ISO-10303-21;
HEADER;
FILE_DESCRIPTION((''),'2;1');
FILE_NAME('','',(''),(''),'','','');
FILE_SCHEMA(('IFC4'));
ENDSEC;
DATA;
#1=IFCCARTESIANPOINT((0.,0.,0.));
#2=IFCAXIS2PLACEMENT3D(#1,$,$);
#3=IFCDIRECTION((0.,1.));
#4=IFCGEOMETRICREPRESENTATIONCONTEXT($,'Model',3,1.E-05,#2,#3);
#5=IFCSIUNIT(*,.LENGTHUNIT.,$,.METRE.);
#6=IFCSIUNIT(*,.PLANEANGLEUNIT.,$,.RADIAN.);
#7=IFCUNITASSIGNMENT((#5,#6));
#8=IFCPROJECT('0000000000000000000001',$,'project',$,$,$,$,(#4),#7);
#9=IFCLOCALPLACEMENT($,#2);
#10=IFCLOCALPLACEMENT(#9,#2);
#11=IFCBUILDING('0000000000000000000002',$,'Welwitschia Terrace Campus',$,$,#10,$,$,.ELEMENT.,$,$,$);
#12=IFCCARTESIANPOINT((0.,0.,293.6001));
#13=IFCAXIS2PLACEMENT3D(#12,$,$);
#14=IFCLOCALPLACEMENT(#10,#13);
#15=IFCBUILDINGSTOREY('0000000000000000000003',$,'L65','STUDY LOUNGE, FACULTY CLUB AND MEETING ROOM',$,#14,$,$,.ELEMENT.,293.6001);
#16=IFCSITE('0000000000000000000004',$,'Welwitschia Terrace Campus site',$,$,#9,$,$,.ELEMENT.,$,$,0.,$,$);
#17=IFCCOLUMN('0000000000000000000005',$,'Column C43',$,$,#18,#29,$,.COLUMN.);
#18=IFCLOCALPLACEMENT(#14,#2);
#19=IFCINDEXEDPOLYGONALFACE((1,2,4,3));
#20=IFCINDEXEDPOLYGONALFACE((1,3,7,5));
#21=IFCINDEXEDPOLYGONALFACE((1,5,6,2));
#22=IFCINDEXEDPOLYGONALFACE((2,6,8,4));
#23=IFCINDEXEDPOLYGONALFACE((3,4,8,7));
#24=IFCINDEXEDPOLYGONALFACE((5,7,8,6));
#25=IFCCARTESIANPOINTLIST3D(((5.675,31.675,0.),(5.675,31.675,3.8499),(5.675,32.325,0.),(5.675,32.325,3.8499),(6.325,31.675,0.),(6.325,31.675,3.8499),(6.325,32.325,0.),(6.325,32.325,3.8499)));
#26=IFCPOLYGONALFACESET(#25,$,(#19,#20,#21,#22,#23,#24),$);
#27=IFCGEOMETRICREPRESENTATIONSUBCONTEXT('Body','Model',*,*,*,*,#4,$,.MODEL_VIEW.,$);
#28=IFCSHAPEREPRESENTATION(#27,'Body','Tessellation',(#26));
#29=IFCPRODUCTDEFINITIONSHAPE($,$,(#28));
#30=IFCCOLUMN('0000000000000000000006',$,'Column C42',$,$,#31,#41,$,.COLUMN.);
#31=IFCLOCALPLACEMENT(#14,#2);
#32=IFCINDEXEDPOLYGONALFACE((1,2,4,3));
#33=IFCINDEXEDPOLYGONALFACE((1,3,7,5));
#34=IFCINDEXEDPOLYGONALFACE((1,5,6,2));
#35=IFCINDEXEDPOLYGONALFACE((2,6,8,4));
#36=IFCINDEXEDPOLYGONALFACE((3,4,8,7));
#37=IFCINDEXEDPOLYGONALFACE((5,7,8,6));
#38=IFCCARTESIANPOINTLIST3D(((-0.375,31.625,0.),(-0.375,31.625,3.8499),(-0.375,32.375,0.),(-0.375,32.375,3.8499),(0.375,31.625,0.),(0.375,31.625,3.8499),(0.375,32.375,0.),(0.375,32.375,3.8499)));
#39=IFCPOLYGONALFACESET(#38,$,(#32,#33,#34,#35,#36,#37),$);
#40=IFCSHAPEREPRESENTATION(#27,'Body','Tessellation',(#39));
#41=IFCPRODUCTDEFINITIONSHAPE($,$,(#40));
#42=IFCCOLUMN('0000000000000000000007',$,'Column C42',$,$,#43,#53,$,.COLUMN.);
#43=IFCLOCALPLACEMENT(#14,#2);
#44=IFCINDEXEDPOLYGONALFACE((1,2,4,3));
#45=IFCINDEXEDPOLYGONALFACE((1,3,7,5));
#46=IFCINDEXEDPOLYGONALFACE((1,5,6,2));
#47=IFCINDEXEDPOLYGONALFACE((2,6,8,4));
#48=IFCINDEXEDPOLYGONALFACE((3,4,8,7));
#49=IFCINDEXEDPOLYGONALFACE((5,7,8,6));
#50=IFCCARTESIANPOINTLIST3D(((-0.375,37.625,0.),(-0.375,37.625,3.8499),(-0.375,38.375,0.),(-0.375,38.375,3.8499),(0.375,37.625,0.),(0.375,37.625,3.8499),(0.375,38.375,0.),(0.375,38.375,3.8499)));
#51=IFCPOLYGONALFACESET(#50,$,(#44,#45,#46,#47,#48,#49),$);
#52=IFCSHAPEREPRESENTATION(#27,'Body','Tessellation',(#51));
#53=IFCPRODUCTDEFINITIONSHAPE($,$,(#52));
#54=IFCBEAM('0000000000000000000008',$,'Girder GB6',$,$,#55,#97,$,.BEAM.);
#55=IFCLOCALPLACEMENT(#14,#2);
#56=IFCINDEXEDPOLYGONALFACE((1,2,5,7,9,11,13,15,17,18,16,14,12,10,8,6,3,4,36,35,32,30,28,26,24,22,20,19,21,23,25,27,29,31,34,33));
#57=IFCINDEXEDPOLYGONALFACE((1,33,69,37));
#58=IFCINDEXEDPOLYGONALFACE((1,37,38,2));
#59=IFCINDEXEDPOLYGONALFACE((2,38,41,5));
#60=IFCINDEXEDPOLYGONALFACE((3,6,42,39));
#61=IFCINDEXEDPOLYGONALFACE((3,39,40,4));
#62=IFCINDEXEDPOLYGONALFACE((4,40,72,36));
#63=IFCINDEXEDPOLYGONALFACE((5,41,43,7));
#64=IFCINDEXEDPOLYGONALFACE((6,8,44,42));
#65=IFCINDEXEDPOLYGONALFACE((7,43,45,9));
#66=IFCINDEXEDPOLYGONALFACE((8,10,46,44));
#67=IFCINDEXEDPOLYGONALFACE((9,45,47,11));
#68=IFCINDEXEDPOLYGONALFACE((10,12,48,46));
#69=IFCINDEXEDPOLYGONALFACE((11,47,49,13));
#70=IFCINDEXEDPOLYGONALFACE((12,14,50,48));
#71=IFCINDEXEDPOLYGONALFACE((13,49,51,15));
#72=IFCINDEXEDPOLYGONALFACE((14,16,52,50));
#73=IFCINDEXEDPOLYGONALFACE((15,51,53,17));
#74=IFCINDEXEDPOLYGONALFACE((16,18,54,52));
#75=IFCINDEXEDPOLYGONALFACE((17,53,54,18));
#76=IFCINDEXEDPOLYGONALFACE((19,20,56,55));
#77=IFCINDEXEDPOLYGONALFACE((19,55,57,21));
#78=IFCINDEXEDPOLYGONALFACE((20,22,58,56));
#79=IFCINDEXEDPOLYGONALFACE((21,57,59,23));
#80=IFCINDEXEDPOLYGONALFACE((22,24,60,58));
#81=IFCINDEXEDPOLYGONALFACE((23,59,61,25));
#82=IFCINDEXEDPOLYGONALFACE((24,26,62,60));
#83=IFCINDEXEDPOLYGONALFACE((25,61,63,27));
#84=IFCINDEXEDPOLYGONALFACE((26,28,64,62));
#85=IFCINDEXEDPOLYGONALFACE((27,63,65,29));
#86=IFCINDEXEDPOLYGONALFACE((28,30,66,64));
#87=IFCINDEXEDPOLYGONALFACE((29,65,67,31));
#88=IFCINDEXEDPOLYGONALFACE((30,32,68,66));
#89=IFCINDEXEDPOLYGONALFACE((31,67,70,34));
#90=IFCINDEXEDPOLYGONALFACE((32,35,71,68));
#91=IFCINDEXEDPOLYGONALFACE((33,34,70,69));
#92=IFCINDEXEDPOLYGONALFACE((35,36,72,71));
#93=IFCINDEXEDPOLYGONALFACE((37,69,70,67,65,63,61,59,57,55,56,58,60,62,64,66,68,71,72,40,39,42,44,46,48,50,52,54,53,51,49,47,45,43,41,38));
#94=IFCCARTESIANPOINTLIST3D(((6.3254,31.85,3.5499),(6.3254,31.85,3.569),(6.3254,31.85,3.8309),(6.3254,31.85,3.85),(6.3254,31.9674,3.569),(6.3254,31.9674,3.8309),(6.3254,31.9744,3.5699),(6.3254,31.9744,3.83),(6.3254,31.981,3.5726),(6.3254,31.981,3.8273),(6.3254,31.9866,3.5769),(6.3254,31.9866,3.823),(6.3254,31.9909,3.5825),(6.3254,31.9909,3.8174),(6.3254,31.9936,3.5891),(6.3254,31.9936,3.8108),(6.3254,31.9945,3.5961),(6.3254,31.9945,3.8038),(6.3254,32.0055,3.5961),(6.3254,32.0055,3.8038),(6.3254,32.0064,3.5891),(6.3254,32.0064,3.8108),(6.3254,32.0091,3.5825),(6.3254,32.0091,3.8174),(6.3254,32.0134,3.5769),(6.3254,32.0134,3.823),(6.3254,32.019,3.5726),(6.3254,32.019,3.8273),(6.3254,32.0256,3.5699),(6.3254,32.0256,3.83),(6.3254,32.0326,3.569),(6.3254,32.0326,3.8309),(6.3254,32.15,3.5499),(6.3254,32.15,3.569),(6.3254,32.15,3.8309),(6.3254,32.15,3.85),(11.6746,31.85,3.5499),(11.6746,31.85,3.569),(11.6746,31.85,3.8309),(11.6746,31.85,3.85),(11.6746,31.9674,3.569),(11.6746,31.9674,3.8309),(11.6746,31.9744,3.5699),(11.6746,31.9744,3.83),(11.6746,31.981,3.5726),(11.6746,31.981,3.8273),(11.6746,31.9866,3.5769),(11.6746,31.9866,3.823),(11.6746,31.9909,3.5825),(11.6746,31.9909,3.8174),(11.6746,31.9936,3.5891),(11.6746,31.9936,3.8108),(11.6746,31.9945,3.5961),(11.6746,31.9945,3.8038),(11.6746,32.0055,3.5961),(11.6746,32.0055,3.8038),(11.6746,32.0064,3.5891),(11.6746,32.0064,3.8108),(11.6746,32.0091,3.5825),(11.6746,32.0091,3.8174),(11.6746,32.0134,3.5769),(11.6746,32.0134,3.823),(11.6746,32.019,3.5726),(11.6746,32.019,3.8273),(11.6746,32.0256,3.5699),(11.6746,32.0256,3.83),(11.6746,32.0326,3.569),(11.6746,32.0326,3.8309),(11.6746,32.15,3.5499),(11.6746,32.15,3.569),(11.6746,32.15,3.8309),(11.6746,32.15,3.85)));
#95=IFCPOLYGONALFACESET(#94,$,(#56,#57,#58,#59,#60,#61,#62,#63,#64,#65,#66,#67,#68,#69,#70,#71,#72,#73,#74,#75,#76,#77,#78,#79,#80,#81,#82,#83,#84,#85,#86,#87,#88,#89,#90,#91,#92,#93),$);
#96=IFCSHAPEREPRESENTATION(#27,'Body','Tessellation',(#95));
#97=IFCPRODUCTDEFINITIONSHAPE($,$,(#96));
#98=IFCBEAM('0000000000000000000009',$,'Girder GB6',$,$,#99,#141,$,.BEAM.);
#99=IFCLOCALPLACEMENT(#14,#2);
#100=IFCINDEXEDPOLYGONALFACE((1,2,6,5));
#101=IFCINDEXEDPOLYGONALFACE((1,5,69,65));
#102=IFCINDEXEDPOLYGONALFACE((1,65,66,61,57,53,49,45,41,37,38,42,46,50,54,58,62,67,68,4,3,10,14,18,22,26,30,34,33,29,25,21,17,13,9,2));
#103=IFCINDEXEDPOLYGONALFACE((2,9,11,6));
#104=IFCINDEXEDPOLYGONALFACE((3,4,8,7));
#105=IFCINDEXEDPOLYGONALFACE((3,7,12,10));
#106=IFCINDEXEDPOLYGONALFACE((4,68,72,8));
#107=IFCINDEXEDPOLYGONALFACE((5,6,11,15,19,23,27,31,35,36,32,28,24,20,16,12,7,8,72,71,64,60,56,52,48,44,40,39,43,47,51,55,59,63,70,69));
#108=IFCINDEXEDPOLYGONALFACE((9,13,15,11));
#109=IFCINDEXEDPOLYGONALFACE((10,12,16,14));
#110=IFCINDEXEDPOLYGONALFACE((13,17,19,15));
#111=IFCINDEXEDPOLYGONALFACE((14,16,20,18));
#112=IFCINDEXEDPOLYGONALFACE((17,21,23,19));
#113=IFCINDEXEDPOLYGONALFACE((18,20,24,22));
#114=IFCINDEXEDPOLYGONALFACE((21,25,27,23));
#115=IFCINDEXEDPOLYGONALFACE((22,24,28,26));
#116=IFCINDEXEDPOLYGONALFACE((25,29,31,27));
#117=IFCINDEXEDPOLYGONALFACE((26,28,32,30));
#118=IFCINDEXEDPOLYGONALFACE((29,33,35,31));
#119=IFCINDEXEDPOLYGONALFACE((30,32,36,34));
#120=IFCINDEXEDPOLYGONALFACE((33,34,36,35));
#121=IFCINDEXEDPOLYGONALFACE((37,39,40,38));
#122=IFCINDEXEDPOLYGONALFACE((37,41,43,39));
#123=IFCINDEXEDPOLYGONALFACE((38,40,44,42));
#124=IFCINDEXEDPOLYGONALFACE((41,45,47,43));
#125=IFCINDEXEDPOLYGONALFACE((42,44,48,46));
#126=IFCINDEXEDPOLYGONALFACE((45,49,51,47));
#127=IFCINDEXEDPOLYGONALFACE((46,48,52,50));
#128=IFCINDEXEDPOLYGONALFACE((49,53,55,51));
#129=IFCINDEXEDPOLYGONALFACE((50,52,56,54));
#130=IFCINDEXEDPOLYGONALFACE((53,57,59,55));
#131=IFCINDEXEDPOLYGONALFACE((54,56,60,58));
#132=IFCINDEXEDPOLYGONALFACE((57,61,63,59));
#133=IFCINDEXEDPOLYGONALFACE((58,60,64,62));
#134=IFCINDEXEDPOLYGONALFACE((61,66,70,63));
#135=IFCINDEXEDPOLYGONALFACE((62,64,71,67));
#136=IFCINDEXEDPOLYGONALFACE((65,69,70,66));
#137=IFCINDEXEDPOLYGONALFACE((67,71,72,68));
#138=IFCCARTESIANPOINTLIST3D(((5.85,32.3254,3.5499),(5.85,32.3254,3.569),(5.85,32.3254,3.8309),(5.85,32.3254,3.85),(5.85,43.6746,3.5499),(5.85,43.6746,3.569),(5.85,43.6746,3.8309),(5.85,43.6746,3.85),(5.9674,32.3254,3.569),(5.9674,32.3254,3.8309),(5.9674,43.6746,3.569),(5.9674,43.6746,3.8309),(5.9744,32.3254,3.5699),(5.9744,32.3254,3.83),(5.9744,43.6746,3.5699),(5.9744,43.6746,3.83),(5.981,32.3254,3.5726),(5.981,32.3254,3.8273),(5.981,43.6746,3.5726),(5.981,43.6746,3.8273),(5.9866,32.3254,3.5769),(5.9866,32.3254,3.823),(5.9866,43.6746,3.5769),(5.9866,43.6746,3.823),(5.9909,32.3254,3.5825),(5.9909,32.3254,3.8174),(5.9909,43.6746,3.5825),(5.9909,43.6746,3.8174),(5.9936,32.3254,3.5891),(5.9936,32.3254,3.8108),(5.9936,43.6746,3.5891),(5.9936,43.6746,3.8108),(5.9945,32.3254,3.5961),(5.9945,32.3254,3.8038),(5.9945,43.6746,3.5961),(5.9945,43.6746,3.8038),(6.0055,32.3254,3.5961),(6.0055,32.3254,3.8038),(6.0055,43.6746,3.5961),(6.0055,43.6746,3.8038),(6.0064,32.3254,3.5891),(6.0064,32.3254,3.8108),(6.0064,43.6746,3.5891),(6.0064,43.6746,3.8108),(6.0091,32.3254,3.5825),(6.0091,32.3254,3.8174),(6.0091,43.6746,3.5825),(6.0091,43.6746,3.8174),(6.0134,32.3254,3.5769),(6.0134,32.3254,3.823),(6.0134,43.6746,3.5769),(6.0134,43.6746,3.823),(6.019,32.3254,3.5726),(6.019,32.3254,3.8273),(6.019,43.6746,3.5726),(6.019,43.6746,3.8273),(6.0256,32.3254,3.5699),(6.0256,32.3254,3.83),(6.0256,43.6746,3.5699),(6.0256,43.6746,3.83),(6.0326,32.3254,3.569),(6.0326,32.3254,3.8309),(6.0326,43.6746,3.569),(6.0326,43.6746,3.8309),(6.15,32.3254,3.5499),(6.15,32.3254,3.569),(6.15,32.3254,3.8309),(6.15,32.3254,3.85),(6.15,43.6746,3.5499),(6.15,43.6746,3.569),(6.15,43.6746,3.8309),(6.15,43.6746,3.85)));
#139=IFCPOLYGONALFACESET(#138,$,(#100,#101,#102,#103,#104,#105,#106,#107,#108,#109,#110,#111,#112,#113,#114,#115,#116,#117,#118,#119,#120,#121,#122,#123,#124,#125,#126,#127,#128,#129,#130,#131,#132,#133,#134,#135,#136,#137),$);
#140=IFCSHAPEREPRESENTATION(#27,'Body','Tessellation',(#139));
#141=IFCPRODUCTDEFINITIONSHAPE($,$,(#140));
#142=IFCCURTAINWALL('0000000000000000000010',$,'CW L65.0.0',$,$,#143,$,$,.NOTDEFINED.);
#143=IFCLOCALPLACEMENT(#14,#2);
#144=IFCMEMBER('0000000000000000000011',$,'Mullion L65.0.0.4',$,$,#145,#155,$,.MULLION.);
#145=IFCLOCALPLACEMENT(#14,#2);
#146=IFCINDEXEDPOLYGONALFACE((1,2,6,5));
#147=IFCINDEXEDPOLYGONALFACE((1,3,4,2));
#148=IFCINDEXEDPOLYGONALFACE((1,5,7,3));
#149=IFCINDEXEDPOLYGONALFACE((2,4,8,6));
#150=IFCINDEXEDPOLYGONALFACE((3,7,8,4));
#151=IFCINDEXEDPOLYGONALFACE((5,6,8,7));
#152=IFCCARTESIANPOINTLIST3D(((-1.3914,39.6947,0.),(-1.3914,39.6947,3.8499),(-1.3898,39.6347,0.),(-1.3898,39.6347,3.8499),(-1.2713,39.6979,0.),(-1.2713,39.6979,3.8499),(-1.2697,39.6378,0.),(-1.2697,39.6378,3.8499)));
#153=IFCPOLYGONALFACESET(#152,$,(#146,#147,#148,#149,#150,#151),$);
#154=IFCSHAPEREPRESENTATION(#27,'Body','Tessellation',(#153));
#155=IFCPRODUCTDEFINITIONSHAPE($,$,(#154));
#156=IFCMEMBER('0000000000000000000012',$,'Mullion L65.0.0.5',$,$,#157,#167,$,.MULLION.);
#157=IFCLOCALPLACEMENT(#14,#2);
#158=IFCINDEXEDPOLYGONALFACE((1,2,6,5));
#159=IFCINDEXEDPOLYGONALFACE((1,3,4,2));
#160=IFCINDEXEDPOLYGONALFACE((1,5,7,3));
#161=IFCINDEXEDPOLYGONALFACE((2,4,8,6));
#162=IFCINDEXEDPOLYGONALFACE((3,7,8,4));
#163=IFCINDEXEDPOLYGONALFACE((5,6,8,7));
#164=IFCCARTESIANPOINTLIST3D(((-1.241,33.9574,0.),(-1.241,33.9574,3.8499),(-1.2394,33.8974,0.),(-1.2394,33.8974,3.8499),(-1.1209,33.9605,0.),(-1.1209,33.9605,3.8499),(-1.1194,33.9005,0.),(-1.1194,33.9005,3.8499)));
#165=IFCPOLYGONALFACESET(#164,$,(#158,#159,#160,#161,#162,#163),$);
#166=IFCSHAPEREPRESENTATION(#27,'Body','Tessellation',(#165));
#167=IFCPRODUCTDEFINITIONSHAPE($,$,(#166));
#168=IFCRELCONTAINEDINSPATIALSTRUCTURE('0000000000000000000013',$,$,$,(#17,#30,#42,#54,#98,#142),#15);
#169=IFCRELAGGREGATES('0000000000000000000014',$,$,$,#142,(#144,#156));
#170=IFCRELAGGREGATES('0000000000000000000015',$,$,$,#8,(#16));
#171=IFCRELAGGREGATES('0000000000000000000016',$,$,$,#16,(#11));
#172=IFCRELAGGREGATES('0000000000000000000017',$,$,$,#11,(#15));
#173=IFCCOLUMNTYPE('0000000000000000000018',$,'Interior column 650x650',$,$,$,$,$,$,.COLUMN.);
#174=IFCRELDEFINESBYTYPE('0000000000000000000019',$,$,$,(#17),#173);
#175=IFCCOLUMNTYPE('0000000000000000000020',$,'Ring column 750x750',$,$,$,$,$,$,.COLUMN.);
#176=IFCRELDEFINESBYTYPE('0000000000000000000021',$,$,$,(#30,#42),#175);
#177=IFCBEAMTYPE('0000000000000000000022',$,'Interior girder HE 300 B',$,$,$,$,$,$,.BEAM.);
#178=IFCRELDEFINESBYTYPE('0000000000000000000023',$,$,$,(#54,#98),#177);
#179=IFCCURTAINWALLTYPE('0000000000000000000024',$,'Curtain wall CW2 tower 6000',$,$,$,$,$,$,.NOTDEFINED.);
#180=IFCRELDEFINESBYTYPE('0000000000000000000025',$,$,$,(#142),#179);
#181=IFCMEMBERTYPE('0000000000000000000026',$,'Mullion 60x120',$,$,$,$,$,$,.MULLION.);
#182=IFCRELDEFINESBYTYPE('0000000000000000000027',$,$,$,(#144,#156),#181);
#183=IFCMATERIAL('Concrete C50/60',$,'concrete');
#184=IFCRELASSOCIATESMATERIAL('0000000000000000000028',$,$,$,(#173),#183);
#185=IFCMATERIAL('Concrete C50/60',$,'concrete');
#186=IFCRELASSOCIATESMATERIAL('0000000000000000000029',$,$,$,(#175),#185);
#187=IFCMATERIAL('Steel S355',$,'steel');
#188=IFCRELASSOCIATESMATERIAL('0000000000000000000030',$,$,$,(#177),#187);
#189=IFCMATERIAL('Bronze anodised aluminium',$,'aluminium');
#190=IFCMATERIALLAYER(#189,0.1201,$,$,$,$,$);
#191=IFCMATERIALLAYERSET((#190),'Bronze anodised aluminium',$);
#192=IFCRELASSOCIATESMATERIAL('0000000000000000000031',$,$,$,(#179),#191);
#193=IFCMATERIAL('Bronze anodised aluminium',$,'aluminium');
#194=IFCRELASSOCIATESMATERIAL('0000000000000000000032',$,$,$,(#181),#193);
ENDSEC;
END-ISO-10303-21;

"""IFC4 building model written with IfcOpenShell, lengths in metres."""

from ifc_helpers import new_model, si_unit, direction, frame, origin, origin_2d, place, context, subcontext, project, spatial, rectangle, i_section, extrude, material, layer, layer_set, material_profile, profile_set, type_object, element, aggregate, save


model = new_model("IFC4")

# Units and contexts
model_context = context("Model", 3, precision=1e-05, world=origin(), true_north=direction((0.0, 1.0)))
body_context = subcontext(model_context, "Body", "Model", "MODEL_VIEW")
ifc_project = project(units=[si_unit("LENGTHUNIT", "METRE"), si_unit("PLANEANGLEUNIT", "RADIAN")], contexts=[model_context])

# Site, building, storey
site_placement = place(None, origin())
site = spatial("IfcSite", under=ifc_project, at=site_placement, Name="Welwitschia Terrace Campus site", CompositionType="ELEMENT", RefElevation=0.0)
building_placement = place(site_placement, origin())
building = spatial("IfcBuilding", under=site, at=building_placement, Name="Welwitschia Terrace Campus", CompositionType="ELEMENT")
storey_placement = place(building_placement, frame((0.0, 0.0, 293.6001)))
storey = spatial("IfcBuildingStorey", under=building, at=storey_placement, Name="L65", Description="STUDY LOUNGE, FACULTY CLUB AND MEETING ROOM", CompositionType="ELEMENT", Elevation=293.6001)

# Columns
ifc_material_1 = material(Name="Concrete C50/60", Category="concrete")
ifc_material_profile_1 = material_profile(ifc_material_1, rectangle(XDim=0.6499, YDim=0.6499, at=origin_2d()))
ifc_profile_set_1 = profile_set([ifc_material_profile_1], Name="Concrete C50/60")
column_type_1 = type_object("IfcColumnType", Name="Interior column 650x650", PredefinedType="COLUMN", material=ifc_profile_set_1)
column_placement = place(storey_placement, frame((6.0, 32.0, 0.0), z_axis=(0.0, 0.0, 1.0), x_axis=(1.0, 0.0, 0.0)))
element("IfcColumn", 1, at=column_placement, inside=storey, type_object=column_type_1, Name="Column C43", PredefinedType="COLUMN", context=body_context, shape_type="SweptSolid", body=[
    extrude(rectangle(XDim=0.6499, YDim=0.6499, at=origin_2d()), origin(), (0.0, 0.0, 1.0), 3.8499),
])
ifc_material_2 = material(Name="Concrete C50/60", Category="concrete")
ifc_material_profile_2 = material_profile(ifc_material_2, rectangle(XDim=0.75, YDim=0.75, at=origin_2d()))
ifc_profile_set_2 = profile_set([ifc_material_profile_2], Name="Concrete C50/60")
column_type_2 = type_object("IfcColumnType", Name="Ring column 750x750", PredefinedType="COLUMN", material=ifc_profile_set_2)
for number, where, z_axis, x_axis, name in (
    (2, (0.0, 32.0, 0.0), (0.0, 0.0, 1.0), (1.0, 0.0, 0.0), "Column C42"),
    (3, (0.0, 38.0, 0.0), (0.0, 0.0, 1.0), (1.0, 0.0, 0.0), "Column C42"),
):
    element("IfcColumn", number, at=place(storey_placement, frame(where, z_axis=z_axis, x_axis=x_axis)), inside=storey, type_object=column_type_2, Name=name, PredefinedType="COLUMN", context=body_context, shape_type="SweptSolid", body=[
        extrude(rectangle(XDim=0.75, YDim=0.75, at=origin_2d()), origin(), (0.0, 0.0, 1.0), 3.8499),
    ])

# Beams
ifc_material_3 = material(Name="Steel S355", Category="steel")
ifc_material_profile_3 = material_profile(ifc_material_3, i_section(OverallWidth=0.3, OverallDepth=0.3, WebThickness=0.011, FlangeThickness=0.019, FilletRadius=0.0271, at=origin_2d()))
ifc_profile_set_3 = profile_set([ifc_material_profile_3], Name="Steel S355")
beam_type_1 = type_object("IfcBeamType", Name="Interior girder HE 300 B", PredefinedType="BEAM", material=ifc_profile_set_3)
beam_1_placement = place(storey_placement, frame((6.3254, 32.0, 3.7), z_axis=(1.0, 0.0, 0.0), x_axis=(0.0, 1.0, 0.0)))
element("IfcBeam", 4, at=beam_1_placement, inside=storey, type_object=beam_type_1, Name="Girder GB6", PredefinedType="BEAM", context=body_context, shape_type="SweptSolid", body=[
    extrude(i_section(OverallWidth=0.3, OverallDepth=0.3, WebThickness=0.011, FlangeThickness=0.019, FilletRadius=0.0271, at=origin_2d()), origin(), (0.0, 0.0, 1.0), 5.3491),
])
beam_2_placement = place(storey_placement, frame((6.0, 32.3254, 3.7), z_axis=(0.0, 1.0, 0.0), x_axis=(-1.0, 0.0, 0.0)))
element("IfcBeam", 5, at=beam_2_placement, inside=storey, type_object=beam_type_1, Name="Girder GB6", PredefinedType="BEAM", context=body_context, shape_type="SweptSolid", body=[
    extrude(i_section(OverallWidth=0.3, OverallDepth=0.3, WebThickness=0.011, FlangeThickness=0.019, FilletRadius=0.0271, at=origin_2d()), origin(), (0.0, 0.0, 1.0), 11.3491),
])

# Curtain wall, members
ifc_material_4 = material(Name="Bronze anodised aluminium", Category="aluminium")
ifc_layer_1 = layer(ifc_material_4, 0.1201)
ifc_layer_set_1 = layer_set([ifc_layer_1], Name="Bronze anodised aluminium")
curtain_wall_type = type_object("IfcCurtainWallType", Name="Curtain wall CW2 tower 6000", PredefinedType="NOTDEFINED", material=ifc_layer_set_1)
curtain_wall_placement = place(storey_placement, origin())
curtain_wall = element("IfcCurtainWall", 6, at=curtain_wall_placement, inside=storey, type_object=curtain_wall_type, Name="CW L65.0.0", PredefinedType="NOTDEFINED")
ifc_material_5 = material(Name="Bronze anodised aluminium", Category="aluminium")
ifc_material_profile_4 = material_profile(ifc_material_5, rectangle(XDim=0.1201, YDim=0.0601, at=origin_2d()))
ifc_profile_set_4 = profile_set([ifc_material_profile_4], Name="Bronze anodised aluminium")
member_type = type_object("IfcMemberType", Name="Mullion 60x120", PredefinedType="MULLION", material=ifc_profile_set_4)
member_1_placement = place(storey_placement, frame((-1.3306, 39.6663, 0.0), z_axis=(0.0, 0.0, 1.0), x_axis=(0.999657, 0.026177, 0.0)))
member_1 = element("IfcMember", 7, at=member_1_placement, type_object=member_type, Name="Mullion L65.0.0.4", PredefinedType="MULLION", context=body_context, shape_type="SweptSolid", body=[
    extrude(rectangle(XDim=0.1201, YDim=0.0601, at=origin_2d()), origin(), (0.0, 0.0, 1.0), 3.8499),
])
member_2_placement = place(storey_placement, frame((-1.1802, 33.929, 0.0), z_axis=(0.0, 0.0, 1.0), x_axis=(0.999657, 0.026177, 0.0)))
member_2 = element("IfcMember", 8, at=member_2_placement, type_object=member_type, Name="Mullion L65.0.0.5", PredefinedType="MULLION", context=body_context, shape_type="SweptSolid", body=[
    extrude(rectangle(XDim=0.1201, YDim=0.0601, at=origin_2d()), origin(), (0.0, 0.0, 1.0), 3.8499),
])

aggregate(curtain_wall, [member_1, member_2])

save(model, "model.ifc")
